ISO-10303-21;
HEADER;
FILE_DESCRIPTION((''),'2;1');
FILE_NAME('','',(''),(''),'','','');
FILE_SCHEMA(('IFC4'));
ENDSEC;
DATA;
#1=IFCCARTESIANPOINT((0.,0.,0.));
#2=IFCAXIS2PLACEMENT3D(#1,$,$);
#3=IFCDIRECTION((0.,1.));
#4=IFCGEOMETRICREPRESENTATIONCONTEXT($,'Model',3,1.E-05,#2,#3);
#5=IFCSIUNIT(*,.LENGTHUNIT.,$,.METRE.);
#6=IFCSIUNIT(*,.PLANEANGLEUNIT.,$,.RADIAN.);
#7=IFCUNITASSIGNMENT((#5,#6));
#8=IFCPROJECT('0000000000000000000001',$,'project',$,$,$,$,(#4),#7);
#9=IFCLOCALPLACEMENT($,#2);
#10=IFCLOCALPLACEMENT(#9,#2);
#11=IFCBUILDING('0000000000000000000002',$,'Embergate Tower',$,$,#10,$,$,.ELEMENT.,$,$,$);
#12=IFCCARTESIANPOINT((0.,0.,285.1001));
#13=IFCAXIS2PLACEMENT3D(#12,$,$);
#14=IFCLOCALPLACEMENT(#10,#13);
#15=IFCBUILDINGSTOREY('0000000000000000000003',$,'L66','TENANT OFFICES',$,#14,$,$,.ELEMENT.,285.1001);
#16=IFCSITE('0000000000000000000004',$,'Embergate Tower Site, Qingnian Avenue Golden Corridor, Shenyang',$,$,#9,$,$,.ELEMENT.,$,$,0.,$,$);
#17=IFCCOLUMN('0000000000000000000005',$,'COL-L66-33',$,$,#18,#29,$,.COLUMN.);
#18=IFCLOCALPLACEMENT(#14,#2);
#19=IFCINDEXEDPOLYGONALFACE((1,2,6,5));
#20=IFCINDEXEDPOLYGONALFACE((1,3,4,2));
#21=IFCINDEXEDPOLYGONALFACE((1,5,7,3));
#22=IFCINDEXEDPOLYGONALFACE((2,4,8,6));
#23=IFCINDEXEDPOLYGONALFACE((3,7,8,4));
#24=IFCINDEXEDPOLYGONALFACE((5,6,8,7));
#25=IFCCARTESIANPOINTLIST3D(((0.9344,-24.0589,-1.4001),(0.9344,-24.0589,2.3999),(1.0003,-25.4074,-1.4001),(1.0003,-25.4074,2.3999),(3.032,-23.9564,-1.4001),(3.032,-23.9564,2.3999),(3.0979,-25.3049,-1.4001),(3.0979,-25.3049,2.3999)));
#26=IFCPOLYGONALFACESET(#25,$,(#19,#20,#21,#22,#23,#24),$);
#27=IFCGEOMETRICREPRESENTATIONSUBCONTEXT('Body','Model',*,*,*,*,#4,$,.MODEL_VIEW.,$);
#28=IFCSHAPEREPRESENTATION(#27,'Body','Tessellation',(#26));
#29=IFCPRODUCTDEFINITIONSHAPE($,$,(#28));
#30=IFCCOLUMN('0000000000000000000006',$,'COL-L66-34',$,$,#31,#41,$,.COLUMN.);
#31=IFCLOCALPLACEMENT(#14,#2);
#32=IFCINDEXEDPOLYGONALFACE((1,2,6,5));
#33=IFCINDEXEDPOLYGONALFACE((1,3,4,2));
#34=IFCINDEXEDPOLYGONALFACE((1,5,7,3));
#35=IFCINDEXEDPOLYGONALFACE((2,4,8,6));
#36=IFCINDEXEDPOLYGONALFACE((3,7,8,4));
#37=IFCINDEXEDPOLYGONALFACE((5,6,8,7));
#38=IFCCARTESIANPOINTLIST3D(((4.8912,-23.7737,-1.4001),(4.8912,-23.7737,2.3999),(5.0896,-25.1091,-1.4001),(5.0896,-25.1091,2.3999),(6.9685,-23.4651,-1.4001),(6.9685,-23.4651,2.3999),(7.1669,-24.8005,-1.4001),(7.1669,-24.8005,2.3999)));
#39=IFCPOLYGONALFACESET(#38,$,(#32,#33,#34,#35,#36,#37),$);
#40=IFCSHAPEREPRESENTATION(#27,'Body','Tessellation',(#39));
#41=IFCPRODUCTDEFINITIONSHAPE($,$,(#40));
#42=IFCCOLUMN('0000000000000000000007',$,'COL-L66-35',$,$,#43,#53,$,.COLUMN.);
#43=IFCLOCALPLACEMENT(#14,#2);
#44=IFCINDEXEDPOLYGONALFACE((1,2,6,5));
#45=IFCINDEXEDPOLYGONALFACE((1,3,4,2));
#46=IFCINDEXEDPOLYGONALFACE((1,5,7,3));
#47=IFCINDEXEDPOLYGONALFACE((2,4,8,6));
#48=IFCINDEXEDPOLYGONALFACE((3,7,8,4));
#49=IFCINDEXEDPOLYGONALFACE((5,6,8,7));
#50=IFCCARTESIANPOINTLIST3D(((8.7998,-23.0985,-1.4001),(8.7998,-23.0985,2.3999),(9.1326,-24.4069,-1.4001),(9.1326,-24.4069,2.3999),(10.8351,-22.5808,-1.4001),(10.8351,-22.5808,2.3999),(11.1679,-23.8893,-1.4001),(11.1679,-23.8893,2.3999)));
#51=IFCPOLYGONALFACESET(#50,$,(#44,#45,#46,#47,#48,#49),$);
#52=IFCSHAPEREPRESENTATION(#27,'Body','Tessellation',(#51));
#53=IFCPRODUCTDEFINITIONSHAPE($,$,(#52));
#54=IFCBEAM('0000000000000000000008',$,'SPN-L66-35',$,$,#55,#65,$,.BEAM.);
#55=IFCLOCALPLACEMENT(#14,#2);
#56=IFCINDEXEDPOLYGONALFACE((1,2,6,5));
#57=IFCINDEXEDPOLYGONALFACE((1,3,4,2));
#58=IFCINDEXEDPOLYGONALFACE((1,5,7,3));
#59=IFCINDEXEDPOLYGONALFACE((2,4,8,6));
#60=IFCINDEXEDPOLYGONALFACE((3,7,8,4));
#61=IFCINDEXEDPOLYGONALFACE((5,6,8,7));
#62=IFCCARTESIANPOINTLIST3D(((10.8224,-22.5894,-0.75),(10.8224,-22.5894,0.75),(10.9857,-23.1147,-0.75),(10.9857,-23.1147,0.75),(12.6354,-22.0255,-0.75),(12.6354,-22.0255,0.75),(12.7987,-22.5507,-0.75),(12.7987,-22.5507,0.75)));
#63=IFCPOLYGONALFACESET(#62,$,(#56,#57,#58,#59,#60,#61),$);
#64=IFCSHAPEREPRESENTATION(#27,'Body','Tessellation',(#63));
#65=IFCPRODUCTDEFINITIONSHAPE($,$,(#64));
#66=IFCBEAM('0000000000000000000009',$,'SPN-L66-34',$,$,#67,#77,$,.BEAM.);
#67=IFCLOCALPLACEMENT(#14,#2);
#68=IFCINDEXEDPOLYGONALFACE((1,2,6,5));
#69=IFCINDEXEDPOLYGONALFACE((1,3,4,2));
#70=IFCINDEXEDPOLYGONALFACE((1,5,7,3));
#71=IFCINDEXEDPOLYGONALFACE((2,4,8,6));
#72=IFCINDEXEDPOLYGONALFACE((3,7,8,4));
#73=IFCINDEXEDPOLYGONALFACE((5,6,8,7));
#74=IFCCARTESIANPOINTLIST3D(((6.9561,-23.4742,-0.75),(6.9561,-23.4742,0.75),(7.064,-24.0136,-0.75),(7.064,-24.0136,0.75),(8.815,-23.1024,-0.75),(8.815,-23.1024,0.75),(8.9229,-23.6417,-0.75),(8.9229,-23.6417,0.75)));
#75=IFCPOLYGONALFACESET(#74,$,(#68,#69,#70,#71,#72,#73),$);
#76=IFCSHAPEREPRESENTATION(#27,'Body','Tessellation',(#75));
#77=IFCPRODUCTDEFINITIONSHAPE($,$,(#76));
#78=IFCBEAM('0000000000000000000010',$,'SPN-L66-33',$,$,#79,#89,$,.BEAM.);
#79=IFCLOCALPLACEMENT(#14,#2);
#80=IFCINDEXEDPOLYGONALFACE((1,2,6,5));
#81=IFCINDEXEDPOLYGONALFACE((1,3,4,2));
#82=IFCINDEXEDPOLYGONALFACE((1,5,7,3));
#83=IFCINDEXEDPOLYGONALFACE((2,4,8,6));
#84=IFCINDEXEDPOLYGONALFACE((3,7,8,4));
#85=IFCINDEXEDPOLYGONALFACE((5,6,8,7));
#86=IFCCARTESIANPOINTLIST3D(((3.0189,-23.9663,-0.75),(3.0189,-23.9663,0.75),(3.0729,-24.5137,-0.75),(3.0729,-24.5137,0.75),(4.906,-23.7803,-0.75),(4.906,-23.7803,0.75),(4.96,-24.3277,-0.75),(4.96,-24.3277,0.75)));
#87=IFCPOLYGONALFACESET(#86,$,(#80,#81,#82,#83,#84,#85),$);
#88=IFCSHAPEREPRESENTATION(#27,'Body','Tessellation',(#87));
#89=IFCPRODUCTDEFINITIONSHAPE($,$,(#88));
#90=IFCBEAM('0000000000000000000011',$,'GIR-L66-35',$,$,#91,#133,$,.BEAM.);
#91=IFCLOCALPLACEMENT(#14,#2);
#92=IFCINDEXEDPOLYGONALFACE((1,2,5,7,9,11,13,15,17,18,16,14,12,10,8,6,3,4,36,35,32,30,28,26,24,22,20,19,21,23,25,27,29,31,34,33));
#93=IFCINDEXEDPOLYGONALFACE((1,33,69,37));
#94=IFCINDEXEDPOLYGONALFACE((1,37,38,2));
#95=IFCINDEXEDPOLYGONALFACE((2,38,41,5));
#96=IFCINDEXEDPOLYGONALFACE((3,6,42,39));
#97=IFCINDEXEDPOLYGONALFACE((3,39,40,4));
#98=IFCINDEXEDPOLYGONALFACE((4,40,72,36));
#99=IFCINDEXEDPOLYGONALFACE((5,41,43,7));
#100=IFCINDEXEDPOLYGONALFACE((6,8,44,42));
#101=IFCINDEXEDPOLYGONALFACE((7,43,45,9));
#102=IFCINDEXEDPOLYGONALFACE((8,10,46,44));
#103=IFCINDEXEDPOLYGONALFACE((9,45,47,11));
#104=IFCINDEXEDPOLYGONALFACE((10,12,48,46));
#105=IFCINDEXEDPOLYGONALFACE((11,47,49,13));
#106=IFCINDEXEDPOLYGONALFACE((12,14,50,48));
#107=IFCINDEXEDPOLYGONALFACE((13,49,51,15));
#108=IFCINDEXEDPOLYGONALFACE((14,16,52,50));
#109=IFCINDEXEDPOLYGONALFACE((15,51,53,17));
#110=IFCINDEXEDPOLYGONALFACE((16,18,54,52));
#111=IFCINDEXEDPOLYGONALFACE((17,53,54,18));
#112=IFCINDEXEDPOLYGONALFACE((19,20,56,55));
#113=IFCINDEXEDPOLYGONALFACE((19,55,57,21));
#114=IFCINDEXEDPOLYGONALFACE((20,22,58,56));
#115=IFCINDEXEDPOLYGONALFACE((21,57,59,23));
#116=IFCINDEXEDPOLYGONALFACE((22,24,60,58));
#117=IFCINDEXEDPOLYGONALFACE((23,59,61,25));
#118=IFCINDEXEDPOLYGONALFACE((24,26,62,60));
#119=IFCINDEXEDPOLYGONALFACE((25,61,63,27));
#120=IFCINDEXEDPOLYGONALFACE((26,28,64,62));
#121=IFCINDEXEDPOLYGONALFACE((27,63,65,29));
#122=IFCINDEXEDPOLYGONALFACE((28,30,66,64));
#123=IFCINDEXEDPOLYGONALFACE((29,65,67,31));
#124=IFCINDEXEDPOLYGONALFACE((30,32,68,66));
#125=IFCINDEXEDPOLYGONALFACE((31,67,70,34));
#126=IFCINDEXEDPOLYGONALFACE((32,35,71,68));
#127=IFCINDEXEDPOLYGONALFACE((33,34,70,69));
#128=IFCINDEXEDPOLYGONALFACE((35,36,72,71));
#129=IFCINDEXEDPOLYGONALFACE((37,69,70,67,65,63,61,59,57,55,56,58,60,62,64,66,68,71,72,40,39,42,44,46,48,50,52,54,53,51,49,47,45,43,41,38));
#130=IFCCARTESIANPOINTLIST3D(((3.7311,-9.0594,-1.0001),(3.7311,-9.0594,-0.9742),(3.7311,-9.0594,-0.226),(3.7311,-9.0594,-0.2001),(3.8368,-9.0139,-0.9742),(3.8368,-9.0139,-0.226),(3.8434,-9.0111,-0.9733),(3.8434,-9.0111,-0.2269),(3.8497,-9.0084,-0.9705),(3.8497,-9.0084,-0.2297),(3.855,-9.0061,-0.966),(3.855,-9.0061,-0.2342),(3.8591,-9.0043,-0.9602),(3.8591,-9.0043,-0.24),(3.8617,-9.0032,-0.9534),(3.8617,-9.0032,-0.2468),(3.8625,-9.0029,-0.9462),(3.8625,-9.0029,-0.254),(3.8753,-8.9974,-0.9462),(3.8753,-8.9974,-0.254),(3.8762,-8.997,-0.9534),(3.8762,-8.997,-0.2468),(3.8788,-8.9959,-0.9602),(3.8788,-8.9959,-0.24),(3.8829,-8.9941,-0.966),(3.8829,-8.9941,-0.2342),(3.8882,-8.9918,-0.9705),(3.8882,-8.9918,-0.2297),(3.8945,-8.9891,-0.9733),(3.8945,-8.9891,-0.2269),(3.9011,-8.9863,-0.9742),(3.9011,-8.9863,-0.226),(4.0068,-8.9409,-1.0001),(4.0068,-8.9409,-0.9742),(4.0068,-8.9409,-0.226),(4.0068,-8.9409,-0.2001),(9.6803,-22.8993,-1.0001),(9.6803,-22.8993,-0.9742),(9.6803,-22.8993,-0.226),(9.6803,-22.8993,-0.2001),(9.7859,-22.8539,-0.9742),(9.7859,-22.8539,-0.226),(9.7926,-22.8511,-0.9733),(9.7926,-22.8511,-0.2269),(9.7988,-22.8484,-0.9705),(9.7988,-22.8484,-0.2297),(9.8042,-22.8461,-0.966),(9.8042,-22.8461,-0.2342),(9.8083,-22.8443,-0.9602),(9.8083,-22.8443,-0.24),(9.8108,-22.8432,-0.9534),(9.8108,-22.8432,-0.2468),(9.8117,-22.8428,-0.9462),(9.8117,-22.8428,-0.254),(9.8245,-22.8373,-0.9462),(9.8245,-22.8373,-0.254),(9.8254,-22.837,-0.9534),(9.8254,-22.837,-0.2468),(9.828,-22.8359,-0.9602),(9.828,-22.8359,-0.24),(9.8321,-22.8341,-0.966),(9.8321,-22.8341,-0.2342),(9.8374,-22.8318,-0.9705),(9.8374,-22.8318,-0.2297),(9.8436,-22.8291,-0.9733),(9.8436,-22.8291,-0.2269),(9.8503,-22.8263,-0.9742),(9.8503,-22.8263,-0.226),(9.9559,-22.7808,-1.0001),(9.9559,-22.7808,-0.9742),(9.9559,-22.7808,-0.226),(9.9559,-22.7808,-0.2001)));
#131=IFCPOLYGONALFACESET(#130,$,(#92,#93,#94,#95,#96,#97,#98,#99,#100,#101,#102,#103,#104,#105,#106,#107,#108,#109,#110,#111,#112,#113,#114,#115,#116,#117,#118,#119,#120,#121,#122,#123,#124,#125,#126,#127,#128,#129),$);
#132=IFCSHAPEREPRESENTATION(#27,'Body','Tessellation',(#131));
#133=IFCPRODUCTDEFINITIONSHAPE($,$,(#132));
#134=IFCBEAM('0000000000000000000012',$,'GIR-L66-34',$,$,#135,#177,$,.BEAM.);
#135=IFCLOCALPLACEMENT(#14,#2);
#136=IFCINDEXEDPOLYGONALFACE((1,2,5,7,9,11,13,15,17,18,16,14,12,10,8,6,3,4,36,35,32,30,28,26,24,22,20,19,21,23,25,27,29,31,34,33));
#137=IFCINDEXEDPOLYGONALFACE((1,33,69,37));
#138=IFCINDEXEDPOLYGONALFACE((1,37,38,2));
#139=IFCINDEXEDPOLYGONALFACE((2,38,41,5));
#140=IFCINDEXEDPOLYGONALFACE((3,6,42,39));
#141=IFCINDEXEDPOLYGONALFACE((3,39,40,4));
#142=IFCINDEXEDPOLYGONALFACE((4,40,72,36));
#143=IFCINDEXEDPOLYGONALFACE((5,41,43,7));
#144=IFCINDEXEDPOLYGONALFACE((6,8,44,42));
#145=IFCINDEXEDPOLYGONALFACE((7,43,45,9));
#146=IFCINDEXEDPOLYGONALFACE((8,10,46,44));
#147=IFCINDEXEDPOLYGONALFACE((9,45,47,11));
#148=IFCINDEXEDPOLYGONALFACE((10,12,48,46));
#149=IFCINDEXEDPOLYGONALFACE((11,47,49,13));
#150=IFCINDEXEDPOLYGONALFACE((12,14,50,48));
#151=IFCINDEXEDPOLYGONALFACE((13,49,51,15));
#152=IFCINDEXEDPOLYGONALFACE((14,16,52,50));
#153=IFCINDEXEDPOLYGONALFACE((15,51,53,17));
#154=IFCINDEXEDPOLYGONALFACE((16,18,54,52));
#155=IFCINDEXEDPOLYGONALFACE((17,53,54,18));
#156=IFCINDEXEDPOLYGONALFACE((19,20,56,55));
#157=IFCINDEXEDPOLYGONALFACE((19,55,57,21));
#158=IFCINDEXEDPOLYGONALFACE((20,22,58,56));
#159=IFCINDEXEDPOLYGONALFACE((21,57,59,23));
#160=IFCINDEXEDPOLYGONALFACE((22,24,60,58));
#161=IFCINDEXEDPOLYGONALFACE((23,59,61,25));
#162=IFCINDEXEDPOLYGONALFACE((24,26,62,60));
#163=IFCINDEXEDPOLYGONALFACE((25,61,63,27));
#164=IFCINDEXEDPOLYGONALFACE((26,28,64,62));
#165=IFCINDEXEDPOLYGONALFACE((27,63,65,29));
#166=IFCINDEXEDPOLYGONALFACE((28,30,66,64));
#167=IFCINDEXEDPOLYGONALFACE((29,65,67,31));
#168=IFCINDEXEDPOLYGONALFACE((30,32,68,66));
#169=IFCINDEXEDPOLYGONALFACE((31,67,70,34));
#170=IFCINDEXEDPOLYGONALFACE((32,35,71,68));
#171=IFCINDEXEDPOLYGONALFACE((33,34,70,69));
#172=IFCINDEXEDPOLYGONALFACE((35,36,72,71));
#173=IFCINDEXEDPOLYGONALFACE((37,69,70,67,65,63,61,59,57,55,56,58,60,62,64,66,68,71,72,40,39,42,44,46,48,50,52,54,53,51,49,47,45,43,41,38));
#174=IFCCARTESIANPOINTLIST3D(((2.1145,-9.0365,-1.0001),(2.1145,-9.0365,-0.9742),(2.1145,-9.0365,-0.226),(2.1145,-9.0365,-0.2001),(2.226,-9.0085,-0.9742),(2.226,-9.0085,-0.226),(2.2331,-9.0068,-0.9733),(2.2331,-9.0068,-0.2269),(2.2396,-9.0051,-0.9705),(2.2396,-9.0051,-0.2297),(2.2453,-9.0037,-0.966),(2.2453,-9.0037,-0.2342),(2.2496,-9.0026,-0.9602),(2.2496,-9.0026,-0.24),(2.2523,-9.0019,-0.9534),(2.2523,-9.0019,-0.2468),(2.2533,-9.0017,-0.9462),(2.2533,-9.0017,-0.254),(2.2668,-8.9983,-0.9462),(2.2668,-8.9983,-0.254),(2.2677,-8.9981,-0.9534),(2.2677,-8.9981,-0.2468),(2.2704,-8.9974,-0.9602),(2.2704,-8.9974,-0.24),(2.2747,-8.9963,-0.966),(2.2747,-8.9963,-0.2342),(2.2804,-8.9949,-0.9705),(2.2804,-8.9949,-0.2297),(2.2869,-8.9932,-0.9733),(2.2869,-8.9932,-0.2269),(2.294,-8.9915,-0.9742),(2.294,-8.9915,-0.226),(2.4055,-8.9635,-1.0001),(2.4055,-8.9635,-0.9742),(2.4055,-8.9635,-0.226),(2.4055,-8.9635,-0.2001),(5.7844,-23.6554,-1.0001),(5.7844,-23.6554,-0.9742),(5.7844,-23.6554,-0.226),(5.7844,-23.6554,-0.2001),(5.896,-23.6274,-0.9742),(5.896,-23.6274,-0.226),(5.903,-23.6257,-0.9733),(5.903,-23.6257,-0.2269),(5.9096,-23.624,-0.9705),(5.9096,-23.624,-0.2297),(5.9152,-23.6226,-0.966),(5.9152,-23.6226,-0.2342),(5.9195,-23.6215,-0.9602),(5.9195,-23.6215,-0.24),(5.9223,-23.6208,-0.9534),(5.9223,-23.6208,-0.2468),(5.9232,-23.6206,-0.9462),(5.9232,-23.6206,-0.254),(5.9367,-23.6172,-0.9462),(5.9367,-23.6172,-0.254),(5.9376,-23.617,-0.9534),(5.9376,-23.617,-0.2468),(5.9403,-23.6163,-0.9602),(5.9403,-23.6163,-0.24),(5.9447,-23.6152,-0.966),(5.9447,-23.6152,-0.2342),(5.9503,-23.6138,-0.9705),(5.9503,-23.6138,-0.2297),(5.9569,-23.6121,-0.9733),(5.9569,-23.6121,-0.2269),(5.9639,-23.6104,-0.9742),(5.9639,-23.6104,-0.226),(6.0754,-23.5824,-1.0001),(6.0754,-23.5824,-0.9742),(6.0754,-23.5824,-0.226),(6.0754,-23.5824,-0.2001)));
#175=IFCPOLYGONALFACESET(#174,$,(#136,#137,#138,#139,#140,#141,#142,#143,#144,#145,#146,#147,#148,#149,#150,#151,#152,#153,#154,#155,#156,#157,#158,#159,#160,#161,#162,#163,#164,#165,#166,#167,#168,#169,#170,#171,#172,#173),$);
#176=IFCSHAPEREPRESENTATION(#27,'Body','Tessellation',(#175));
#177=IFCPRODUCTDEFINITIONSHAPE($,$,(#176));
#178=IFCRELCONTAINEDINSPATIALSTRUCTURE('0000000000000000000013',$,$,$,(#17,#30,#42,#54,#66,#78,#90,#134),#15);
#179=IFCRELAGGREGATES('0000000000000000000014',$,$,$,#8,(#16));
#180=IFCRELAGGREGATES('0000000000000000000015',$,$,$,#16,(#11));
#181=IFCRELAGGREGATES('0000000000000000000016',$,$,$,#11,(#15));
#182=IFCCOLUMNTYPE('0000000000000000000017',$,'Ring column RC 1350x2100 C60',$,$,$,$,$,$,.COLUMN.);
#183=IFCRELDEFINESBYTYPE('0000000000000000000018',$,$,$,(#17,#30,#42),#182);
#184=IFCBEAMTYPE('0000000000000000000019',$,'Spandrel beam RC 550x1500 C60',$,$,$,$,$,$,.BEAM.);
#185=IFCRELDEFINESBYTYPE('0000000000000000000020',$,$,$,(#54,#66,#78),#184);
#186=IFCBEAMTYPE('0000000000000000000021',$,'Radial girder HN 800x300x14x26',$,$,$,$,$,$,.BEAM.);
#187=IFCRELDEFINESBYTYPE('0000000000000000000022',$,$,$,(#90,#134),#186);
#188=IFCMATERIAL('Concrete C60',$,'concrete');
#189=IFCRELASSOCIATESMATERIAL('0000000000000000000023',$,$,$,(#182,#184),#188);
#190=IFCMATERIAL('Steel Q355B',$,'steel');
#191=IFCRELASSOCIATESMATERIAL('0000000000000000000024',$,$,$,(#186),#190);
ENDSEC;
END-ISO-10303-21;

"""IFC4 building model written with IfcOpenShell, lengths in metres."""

from ifc_helpers import new_model, si_unit, direction, frame, origin, origin_2d, place, context, subcontext, project, spatial, rectangle, i_section, extrude, source, transform, mapped, material, material_profile, profile_set, type_object, element, save


model = new_model("IFC4")

# Units and contexts
model_context = context("Model", 3, precision=1e-05, world=origin(), true_north=direction((0.0, 1.0)))
body_context = subcontext(model_context, "Body", "Model", "MODEL_VIEW")
ifc_project = project(units=[si_unit("LENGTHUNIT", "METRE"), si_unit("PLANEANGLEUNIT", "RADIAN")], contexts=[model_context])

# Site, building, storey
site_placement = place(None, origin())
site = spatial("IfcSite", under=ifc_project, at=site_placement, Name="Embergate Tower Site, Qingnian Avenue Golden Corridor, Shenyang", CompositionType="ELEMENT", RefElevation=0.0)
building_placement = place(site_placement, origin())
building = spatial("IfcBuilding", under=site, at=building_placement, Name="Embergate Tower", CompositionType="ELEMENT")
storey_placement = place(building_placement, frame((0.0, 0.0, 285.1001)))
storey = spatial("IfcBuildingStorey", under=building, at=storey_placement, Name="L66", Description="TENANT OFFICES", CompositionType="ELEMENT", Elevation=285.1001)

# Columns
ifc_material_1 = material(Name="Concrete C60", Category="concrete")
ifc_material_profile_1 = material_profile(ifc_material_1, rectangle(XDim=1.3501, YDim=2.1001, at=origin_2d()), Name="RC 1350x2100")
ifc_profile_set_1 = profile_set([ifc_material_profile_1], Name="Concrete C60")
column_type = type_object("IfcColumnType", Name="Ring column RC 1350x2100 C60", PredefinedType="COLUMN", material=ifc_profile_set_1)
shared_shape_1 = source(origin(), body_context, "Body", "SweptSolid", [
    extrude(rectangle(XDim=1.3501, YDim=2.1001, at=origin_2d()), origin(), (0.0, 0.0, 1.0), 3.8),
])
for number, where, z_axis, x_axis, name in (
    (1, (2.0161, -24.6819, -1.4001), (0.0, 0.0, 1.0), (0.048815, -0.998808, 0.0), "COL-L66-33"),
    (2, (6.0291, -24.2871, -1.4001), (0.0, 0.0, 1.0), (0.146929, -0.989147, 0.0), "COL-L66-34"),
    (3, (9.9839, -23.4939, -1.4001), (0.0, 0.0, 1.0), (0.246492, -0.969145, 0.0), "COL-L66-35"),
):
    element("IfcColumn", number, at=place(storey_placement, frame(where, z_axis=z_axis, x_axis=x_axis)), inside=storey, type_object=column_type, Name=name, PredefinedType="COLUMN", context=body_context, shape_type="MappedRepresentation", body=[
        mapped(shared_shape_1, transform((0.0, 0.0, 0.0))),
    ])

# Beams
ifc_material_profile_2 = material_profile(ifc_material_1, rectangle(XDim=0.55, YDim=1.5, at=origin_2d()), Name="RC 550x1500")
ifc_profile_set_2 = profile_set([ifc_material_profile_2], Name="Concrete C60")
beam_type_1 = type_object("IfcBeamType", Name="Spandrel beam RC 550x1500 C60", PredefinedType="BEAM", material=ifc_profile_set_2)
shared_shape_2 = source(origin(), body_context, "Body", "SweptSolid", [
    extrude(rectangle(XDim=0.55, YDim=1.5, at=origin_2d()), origin(), (0.0, 0.0, 1.0), 1.8987),
])
beam_1_placement = place(storey_placement, frame((10.9041, -22.8521, 0.0), z_axis=(0.954868, 0.29703, 0.0), x_axis=(-0.29703, 0.954868, 0.0)))
element("IfcBeam", 4, at=beam_1_placement, inside=storey, type_object=beam_type_1, Name="SPN-L66-35", PredefinedType="BEAM", context=body_context, shape_type="MappedRepresentation", body=[
    mapped(shared_shape_2, transform((0.0, 0.0, 0.0))),
])
shared_shape_3 = source(origin(), body_context, "Body", "SweptSolid", [
    extrude(rectangle(XDim=0.55, YDim=1.5, at=origin_2d()), origin(), (0.0, 0.0, 1.0), 1.8958),
])
beam_2_placement = place(storey_placement, frame((7.01, -23.7439, 0.0), z_axis=(0.980576, 0.196141, 0.0), x_axis=(-0.196141, 0.980576, 0.0)))
element("IfcBeam", 5, at=beam_2_placement, inside=storey, type_object=beam_type_1, Name="SPN-L66-34", PredefinedType="BEAM", context=body_context, shape_type="MappedRepresentation", body=[
    mapped(shared_shape_3, transform((0.0, 0.0, 0.0))),
])
shared_shape_4 = source(origin(), body_context, "Body", "SweptSolid", [
    extrude(rectangle(XDim=0.55, YDim=1.5, at=origin_2d()), origin(), (0.0, 0.0, 1.0), 1.8962),
])
beam_3_placement = place(storey_placement, frame((3.0459, -24.24, 0.0), z_axis=(0.995176, 0.098101, 0.0), x_axis=(-0.098101, 0.995176, 0.0)))
element("IfcBeam", 6, at=beam_3_placement, inside=storey, type_object=beam_type_1, Name="SPN-L66-33", PredefinedType="BEAM", context=body_context, shape_type="MappedRepresentation", body=[
    mapped(shared_shape_4, transform((0.0, 0.0, 0.0))),
])
ifc_material_2 = material(Name="Steel Q355B", Category="steel")
ifc_material_profile_3 = material_profile(ifc_material_2, i_section(OverallWidth=0.3, OverallDepth=0.8, WebThickness=0.0139, FlangeThickness=0.0259, FilletRadius=0.0281, at=origin_2d()), Name="HN 800x300x14x26")
ifc_profile_set_3 = profile_set([ifc_material_profile_3], Name="Steel Q355 grade B")
beam_type_2 = type_object("IfcBeamType", Name="Radial girder HN 800x300x14x26", PredefinedType="BEAM", material=ifc_profile_set_3)
shared_shape_5 = source(origin(), body_context, "Body", "SweptSolid", [
    extrude(i_section(OverallWidth=0.3, OverallDepth=0.8, WebThickness=0.0139, FlangeThickness=0.0259, FilletRadius=0.0281, at=origin_2d()), origin(), (0.0, 0.0, 1.0), 15.0645),
])
beam_4_placement = place(storey_placement, frame((9.8181, -22.8401, -0.6001), z_axis=(-0.394915, 0.918718, 0.0), x_axis=(-0.918718, -0.394915, 0.0)))
element("IfcBeam", 7, at=beam_4_placement, inside=storey, type_object=beam_type_2, Name="GIR-L66-35", PredefinedType="BEAM", context=body_context, shape_type="MappedRepresentation", body=[
    mapped(shared_shape_5, transform((0.0, 0.0, 0.0))),
])
shared_shape_6 = source(origin(), body_context, "Body", "SweptSolid", [
    extrude(i_section(OverallWidth=0.3, OverallDepth=0.8, WebThickness=0.0139, FlangeThickness=0.0259, FilletRadius=0.0281, at=origin_2d()), origin(), (0.0, 0.0, 1.0), 15.0725),
])
beam_5_placement = place(storey_placement, frame((5.9299, -23.6189, -0.6001), z_axis=(-0.243485, 0.969905, 0.0), x_axis=(-0.969905, -0.243485, 0.0)))
element("IfcBeam", 8, at=beam_5_placement, inside=storey, type_object=beam_type_2, Name="GIR-L66-34", PredefinedType="BEAM", context=body_context, shape_type="MappedRepresentation", body=[
    mapped(shared_shape_6, transform((0.0, 0.0, 0.0))),
])

save(model, "model.ifc")
